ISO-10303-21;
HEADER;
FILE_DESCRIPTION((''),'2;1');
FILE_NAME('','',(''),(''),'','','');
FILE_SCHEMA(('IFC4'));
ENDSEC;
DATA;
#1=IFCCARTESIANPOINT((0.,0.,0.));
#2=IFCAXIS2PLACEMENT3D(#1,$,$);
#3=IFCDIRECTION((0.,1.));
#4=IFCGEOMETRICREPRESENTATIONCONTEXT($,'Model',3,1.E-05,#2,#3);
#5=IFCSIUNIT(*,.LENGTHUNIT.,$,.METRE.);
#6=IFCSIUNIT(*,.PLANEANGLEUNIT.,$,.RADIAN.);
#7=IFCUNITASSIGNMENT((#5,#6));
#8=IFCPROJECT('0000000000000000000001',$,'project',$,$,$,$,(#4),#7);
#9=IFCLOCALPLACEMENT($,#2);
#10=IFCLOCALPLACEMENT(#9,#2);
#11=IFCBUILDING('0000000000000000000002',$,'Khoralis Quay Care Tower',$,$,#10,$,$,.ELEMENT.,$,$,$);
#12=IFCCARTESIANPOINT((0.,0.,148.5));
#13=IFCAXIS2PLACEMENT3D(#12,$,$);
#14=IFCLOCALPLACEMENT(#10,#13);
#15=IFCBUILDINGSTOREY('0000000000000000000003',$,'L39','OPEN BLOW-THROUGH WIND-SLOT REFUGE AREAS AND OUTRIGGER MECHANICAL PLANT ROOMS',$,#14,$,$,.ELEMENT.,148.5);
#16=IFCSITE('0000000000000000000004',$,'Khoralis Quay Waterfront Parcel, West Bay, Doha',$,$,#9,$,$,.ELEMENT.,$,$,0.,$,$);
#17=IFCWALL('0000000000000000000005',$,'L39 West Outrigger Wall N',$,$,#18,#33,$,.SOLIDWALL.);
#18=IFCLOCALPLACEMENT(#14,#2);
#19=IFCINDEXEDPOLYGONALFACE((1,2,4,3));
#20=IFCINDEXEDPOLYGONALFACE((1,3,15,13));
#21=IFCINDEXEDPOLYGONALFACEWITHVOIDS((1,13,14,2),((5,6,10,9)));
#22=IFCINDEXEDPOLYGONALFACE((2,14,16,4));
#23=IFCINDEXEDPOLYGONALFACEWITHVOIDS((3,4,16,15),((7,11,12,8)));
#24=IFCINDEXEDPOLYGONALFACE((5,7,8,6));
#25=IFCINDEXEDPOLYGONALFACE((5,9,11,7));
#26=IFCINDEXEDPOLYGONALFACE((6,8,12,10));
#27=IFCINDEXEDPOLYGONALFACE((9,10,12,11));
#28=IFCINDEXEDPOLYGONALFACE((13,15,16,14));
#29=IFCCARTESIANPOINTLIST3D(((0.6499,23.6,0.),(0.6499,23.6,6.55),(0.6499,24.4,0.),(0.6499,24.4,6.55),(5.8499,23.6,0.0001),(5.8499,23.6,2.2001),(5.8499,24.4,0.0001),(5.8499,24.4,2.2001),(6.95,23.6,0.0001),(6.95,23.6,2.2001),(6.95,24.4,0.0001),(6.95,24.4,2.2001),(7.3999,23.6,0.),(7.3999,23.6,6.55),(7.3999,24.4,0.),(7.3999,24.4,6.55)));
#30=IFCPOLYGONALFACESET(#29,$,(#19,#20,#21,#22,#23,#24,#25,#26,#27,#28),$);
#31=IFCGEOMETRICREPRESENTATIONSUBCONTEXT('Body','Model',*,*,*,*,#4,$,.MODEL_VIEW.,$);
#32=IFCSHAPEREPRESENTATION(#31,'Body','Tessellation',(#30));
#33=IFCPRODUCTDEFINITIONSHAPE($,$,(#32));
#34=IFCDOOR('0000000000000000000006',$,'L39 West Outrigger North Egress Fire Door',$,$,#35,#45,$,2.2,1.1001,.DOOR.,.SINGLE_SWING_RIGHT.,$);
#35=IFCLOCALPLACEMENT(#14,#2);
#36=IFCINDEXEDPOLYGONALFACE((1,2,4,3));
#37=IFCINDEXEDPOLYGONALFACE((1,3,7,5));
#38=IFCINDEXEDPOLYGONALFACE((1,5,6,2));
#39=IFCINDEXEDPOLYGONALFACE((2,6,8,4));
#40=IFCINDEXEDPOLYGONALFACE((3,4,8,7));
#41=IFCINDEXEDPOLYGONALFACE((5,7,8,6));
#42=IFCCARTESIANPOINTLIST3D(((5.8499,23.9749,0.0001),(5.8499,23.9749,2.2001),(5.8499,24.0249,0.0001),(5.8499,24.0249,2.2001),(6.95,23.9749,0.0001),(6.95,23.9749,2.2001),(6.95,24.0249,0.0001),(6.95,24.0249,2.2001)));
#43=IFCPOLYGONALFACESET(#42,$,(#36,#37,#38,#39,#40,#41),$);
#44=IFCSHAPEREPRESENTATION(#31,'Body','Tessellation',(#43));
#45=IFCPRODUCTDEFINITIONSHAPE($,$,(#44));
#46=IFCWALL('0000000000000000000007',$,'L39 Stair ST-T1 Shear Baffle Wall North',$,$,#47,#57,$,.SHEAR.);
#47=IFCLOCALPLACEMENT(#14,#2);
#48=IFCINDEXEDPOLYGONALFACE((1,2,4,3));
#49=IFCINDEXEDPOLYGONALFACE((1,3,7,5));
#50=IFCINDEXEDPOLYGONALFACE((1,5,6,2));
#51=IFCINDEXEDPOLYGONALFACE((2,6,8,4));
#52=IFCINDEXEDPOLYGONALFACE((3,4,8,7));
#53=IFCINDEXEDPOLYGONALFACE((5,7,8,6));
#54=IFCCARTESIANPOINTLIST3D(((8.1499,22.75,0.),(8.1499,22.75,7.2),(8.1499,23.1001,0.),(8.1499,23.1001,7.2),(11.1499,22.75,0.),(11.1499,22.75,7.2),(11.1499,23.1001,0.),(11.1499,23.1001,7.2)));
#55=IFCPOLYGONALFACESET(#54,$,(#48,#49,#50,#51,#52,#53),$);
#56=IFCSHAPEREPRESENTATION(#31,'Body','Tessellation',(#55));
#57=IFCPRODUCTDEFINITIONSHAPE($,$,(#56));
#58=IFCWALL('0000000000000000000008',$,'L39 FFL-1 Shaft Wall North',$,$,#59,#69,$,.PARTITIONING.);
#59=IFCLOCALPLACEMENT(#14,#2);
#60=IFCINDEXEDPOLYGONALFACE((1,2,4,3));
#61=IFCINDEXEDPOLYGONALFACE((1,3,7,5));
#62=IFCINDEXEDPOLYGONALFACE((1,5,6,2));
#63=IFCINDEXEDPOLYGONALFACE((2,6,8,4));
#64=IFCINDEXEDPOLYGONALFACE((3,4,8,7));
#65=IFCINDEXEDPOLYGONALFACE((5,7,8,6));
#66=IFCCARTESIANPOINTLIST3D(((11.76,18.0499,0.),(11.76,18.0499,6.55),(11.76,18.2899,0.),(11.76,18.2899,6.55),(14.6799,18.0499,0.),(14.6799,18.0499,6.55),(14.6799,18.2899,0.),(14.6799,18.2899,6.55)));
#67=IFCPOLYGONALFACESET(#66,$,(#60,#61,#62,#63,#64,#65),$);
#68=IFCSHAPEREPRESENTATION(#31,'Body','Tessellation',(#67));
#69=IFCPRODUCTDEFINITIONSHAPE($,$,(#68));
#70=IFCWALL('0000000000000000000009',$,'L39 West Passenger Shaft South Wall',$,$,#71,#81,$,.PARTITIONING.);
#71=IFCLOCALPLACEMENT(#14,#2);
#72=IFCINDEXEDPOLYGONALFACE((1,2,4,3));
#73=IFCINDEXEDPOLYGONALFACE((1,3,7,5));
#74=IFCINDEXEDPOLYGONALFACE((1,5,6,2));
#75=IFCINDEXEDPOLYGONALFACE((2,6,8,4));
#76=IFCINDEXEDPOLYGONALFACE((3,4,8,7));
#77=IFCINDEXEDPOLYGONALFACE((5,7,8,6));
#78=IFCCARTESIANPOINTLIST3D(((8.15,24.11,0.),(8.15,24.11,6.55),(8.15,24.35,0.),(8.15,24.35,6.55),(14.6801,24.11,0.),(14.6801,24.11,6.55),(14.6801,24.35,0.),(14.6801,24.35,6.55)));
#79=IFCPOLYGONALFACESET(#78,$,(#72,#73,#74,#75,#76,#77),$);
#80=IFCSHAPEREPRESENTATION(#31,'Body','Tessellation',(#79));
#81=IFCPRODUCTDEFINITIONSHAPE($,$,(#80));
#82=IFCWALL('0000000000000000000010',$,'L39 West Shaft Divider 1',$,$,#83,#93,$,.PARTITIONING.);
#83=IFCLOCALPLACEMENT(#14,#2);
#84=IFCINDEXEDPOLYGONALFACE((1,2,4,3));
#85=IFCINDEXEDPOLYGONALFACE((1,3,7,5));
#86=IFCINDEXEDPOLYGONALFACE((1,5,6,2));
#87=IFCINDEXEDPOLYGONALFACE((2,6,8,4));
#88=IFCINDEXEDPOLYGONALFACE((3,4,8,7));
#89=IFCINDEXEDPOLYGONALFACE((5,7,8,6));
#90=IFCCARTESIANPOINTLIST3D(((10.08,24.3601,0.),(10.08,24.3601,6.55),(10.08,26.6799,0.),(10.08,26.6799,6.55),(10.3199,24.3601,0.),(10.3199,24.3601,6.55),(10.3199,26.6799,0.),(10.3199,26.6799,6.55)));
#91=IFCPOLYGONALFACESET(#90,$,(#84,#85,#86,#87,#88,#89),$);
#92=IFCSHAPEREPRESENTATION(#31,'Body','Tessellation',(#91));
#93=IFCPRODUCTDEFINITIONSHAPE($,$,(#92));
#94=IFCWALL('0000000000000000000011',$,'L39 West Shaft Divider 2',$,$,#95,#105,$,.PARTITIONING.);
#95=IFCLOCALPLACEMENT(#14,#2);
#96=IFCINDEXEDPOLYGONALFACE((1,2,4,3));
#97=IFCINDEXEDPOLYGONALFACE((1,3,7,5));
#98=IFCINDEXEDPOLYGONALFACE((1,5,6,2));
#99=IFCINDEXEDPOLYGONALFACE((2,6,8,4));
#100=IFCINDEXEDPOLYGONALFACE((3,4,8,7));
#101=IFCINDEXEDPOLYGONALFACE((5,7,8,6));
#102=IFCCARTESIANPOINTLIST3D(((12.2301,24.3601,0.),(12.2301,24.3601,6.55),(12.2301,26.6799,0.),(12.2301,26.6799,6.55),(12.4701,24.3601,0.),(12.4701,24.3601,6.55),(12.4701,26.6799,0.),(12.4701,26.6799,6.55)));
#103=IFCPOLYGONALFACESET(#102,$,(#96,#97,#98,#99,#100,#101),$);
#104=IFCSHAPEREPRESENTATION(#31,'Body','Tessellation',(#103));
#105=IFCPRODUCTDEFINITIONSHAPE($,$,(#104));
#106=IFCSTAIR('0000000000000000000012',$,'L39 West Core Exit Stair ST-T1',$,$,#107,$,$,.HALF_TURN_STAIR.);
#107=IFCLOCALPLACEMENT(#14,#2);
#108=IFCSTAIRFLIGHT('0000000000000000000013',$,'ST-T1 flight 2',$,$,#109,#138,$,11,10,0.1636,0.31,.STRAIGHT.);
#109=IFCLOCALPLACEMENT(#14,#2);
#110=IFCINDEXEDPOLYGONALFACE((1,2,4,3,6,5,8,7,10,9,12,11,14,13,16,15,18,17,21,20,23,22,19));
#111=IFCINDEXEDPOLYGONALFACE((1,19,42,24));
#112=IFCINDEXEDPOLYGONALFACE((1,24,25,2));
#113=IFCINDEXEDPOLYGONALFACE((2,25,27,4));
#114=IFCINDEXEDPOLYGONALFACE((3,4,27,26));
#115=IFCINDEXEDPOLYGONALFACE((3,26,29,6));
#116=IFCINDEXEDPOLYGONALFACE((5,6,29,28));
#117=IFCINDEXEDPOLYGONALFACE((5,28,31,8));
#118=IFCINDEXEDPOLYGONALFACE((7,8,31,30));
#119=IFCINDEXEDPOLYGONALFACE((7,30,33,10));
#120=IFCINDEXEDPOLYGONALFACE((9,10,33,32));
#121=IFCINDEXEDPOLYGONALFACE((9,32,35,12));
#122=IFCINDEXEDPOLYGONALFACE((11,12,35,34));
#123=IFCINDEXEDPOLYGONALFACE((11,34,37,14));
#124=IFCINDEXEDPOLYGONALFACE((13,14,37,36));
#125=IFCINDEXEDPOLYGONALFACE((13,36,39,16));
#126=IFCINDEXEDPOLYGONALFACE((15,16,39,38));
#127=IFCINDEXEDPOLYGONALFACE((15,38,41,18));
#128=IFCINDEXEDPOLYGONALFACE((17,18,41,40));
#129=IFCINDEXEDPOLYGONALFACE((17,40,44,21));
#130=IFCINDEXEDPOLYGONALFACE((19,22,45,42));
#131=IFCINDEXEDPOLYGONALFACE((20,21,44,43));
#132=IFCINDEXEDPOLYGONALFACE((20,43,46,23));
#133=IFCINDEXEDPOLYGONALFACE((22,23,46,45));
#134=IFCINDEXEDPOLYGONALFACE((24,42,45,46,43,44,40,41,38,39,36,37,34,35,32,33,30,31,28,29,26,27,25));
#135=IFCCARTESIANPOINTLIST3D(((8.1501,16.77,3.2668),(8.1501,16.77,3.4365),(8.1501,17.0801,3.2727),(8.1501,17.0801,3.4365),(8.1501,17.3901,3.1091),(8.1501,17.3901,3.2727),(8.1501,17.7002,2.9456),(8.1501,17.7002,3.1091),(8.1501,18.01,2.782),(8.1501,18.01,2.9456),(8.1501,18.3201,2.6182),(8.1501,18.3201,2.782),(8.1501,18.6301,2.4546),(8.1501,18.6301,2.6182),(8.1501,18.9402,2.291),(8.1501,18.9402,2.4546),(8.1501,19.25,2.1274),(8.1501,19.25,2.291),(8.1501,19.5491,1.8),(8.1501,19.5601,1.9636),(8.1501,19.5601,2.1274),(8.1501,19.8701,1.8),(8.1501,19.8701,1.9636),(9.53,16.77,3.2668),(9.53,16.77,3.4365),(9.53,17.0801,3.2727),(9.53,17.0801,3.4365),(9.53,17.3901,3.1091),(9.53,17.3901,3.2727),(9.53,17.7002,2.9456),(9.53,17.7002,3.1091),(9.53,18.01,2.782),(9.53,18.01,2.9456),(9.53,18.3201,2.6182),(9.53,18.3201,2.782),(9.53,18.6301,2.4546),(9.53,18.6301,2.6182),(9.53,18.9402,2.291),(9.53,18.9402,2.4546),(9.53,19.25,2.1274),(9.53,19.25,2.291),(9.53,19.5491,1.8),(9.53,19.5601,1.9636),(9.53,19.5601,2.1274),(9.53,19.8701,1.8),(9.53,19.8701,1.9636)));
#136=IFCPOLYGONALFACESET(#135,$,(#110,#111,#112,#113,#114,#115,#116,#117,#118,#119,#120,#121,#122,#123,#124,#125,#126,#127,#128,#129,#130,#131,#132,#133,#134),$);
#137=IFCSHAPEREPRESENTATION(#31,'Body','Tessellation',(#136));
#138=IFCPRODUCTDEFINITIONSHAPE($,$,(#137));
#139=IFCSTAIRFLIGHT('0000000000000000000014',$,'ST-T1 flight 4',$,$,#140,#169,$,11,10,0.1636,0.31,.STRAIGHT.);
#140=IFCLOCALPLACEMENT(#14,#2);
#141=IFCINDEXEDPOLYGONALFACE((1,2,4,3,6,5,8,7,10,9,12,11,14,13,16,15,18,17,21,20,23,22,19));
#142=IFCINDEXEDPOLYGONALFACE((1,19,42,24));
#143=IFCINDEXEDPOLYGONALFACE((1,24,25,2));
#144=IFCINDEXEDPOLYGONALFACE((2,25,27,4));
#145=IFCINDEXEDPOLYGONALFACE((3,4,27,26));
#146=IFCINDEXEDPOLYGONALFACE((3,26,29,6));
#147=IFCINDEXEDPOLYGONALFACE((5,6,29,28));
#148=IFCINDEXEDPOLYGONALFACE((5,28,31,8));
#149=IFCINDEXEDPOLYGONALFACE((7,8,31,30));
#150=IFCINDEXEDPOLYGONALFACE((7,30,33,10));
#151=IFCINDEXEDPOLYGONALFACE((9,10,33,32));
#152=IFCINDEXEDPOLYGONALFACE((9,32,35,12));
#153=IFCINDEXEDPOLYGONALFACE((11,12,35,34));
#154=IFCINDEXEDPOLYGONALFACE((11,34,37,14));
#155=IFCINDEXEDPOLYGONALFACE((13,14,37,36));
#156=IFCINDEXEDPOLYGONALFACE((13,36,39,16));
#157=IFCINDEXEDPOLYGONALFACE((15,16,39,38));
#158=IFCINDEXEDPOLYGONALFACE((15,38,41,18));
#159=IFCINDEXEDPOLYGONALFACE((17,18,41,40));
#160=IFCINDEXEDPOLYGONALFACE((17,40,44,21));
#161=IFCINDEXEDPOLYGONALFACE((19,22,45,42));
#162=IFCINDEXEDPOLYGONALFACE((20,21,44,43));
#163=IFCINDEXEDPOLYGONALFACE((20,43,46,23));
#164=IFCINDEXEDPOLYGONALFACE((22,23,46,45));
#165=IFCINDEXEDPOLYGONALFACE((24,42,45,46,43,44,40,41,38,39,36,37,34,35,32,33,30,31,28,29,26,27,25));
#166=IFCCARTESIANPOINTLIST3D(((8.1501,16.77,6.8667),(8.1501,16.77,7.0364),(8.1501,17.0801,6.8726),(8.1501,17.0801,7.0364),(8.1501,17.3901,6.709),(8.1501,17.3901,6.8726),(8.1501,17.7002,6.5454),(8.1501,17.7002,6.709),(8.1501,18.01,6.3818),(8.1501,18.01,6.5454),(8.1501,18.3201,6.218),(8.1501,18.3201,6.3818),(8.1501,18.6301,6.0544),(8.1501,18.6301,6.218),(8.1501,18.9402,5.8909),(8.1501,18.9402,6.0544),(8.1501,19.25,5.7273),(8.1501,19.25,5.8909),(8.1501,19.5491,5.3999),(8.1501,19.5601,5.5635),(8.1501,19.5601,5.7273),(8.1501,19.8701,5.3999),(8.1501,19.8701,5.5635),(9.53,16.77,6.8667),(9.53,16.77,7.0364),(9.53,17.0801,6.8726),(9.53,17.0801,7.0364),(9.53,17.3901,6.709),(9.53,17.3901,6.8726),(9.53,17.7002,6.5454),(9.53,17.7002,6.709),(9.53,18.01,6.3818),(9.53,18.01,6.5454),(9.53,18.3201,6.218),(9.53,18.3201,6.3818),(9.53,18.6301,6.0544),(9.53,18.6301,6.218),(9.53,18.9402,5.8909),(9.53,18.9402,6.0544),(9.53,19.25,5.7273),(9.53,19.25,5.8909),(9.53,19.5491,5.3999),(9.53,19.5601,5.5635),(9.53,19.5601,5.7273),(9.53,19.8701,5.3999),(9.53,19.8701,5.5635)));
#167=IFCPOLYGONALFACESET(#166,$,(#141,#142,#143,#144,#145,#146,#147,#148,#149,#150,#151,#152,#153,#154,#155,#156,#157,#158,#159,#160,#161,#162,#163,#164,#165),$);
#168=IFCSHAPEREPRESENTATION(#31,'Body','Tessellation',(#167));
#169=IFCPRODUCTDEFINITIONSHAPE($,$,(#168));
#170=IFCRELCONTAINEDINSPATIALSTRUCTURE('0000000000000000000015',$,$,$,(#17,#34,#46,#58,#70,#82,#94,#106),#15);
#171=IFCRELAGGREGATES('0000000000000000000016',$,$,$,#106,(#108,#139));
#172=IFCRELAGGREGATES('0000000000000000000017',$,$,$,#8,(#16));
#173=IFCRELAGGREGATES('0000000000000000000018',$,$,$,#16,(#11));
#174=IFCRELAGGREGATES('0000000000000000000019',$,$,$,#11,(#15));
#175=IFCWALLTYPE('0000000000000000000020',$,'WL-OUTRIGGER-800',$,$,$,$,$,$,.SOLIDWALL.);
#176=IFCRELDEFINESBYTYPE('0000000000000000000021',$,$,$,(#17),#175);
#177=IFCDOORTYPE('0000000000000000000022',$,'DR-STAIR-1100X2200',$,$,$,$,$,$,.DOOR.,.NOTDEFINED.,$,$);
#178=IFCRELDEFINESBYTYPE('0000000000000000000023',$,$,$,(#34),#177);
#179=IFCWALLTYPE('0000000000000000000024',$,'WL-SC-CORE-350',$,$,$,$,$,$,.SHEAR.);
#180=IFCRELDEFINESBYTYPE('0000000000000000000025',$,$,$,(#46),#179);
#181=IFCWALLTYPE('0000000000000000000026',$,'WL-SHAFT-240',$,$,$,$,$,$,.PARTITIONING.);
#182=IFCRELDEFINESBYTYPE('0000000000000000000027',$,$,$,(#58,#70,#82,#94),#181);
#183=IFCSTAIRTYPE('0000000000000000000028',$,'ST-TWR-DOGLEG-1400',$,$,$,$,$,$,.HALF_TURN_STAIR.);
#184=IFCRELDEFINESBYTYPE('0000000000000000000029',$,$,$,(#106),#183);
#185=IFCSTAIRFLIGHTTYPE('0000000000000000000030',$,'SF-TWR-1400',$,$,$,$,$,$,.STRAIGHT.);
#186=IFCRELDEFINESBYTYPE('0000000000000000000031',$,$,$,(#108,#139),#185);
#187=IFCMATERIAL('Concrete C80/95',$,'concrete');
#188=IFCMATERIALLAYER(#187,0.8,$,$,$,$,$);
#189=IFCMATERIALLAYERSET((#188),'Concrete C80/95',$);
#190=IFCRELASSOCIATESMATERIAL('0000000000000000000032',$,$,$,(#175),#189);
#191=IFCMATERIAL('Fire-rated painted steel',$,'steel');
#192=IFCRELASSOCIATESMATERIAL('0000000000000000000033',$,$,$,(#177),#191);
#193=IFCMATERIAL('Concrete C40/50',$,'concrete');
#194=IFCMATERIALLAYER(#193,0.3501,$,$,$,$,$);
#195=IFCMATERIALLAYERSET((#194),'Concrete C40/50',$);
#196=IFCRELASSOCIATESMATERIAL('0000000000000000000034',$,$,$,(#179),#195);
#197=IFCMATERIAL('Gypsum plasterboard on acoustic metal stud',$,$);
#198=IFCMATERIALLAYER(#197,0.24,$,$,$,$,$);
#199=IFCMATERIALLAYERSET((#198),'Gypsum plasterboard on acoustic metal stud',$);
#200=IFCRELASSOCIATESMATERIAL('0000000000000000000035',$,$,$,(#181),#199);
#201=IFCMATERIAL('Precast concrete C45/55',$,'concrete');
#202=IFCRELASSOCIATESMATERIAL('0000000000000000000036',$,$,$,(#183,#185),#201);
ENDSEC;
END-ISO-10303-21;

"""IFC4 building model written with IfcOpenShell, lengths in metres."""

from ifc_helpers import new_model, si_unit, direction, frame, frame_2d, origin, place, context, subcontext, project, spatial, polyline, rectangle, outline, extrude, source, transform, mapped, material, layer, layer_set, type_object, element, fill, aggregate, save


model = new_model("IFC4")

# Units and contexts
model_context = context("Model", 3, precision=1e-05, world=origin(), true_north=direction((0.0, 1.0)))
body_context = subcontext(model_context, "Body", "Model", "MODEL_VIEW")
ifc_project = project(units=[si_unit("LENGTHUNIT", "METRE"), si_unit("PLANEANGLEUNIT", "RADIAN")], contexts=[model_context])

# Site, building, storey
site_placement = place(None, origin())
site = spatial("IfcSite", under=ifc_project, at=site_placement, Name="Khoralis Quay Waterfront Parcel, West Bay, Doha", CompositionType="ELEMENT", RefElevation=0.0)
building_placement = place(site_placement, origin())
building = spatial("IfcBuilding", under=site, at=building_placement, Name="Khoralis Quay Care Tower", CompositionType="ELEMENT")
storey_placement = place(building_placement, frame((0.0, 0.0, 148.5)))
storey = spatial("IfcBuildingStorey", under=building, at=storey_placement, Name="L39", Description="OPEN BLOW-THROUGH WIND-SLOT REFUGE AREAS AND OUTRIGGER MECHANICAL PLANT ROOMS", CompositionType="ELEMENT", Elevation=148.5)

# Shared definitions
ifc_material_1 = material(Name="Gypsum plasterboard on acoustic metal stud")

# Wall, opening, door
ifc_material_2 = material(Name="Concrete C80/95", Category="concrete")
ifc_layer_1 = layer(ifc_material_2, 0.8)
ifc_layer_set_1 = layer_set([ifc_layer_1], Name="Concrete C80/95")
wall_type_1 = type_object("IfcWallType", Name="WL-OUTRIGGER-800", PredefinedType="SOLIDWALL", material=ifc_layer_set_1)
wall_1_placement = place(storey_placement, frame((0.6499, 24.0, 0.0), z_axis=(0.0, 0.0, 1.0), x_axis=(1.0, 0.0, 0.0)))
wall_1 = element("IfcWall", 1, at=wall_1_placement, inside=storey, type_object=wall_type_1, Name="L39 West Outrigger Wall N", PredefinedType="SOLIDWALL", context=body_context, shape_type="SweptSolid", body=[
    extrude(rectangle(XDim=6.75, YDim=0.8, at=frame_2d((3.375, 0.0))), origin(), (0.0, 0.0, 1.0), 6.55),
])
opening_placement = place(wall_1_placement, frame((5.2, 0.0, 0.0)))
opening = element("IfcOpeningElement", 2, at=opening_placement, cuts=wall_1, PredefinedType="OPENING", context=body_context, shape_type="SweptSolid", body=[
    extrude(rectangle(XDim=1.1001, YDim=2.2, at=frame_2d((0.55, 1.1001))), frame((0.0, 0.4102, 0.0), z_axis=(0.0, -1.0, 0.0), x_axis=(1.0, 0.0, 0.0)), (0.0, 0.0, 1.0), 0.8201),
])
ifc_material_3 = material(Name="Fire-rated painted steel", Category="steel")
door_type = type_object("IfcDoorType", Name="DR-STAIR-1100X2200", OperationType="NOTDEFINED", PredefinedType="DOOR", material=ifc_material_3)
shared_shape_1 = source(origin(), body_context, "Body", "SweptSolid", [
    extrude(rectangle(XDim=1.1001, YDim=2.2, at=frame_2d((0.55, 1.1001))), frame((0.0, 0.0249, 0.0), z_axis=(0.0, -1.0, 0.0), x_axis=(1.0, 0.0, 0.0)), (0.0, 0.0, 1.0), 0.05),
])
door_placement = place(opening_placement, origin())
door = element("IfcDoor", 3, at=door_placement, inside=storey, type_object=door_type, Name="L39 West Outrigger North Egress Fire Door", OperationType="SINGLE_SWING_RIGHT", OverallHeight=2.2, OverallWidth=1.1001, PredefinedType="DOOR", context=body_context, shape_type="MappedRepresentation", body=[
    mapped(shared_shape_1, transform((0.0, 0.0, 0.0), scale=1.0)),
])
fill(opening, door)

# Walls
ifc_material_4 = material(Name="Concrete C40/50", Category="concrete")
ifc_layer_2 = layer(ifc_material_4, 0.3501)
ifc_layer_set_2 = layer_set([ifc_layer_2], Name="Concrete C40/50")
wall_type_2 = type_object("IfcWallType", Name="WL-SC-CORE-350", PredefinedType="SHEAR", material=ifc_layer_set_2)
wall_2_placement = place(storey_placement, frame((8.1499, 22.925, 0.0), z_axis=(0.0, 0.0, 1.0), x_axis=(1.0, 0.0, 0.0)))
element("IfcWall", 4, at=wall_2_placement, inside=storey, type_object=wall_type_2, Name="L39 Stair ST-T1 Shear Baffle Wall North", PredefinedType="SHEAR", context=body_context, shape_type="SweptSolid", body=[
    extrude(rectangle(XDim=3.0, YDim=0.3501, at=frame_2d((1.5, 0.0))), origin(), (0.0, 0.0, 1.0), 7.2),
])
ifc_layer_3 = layer(ifc_material_1, 0.24)
ifc_layer_set_3 = layer_set([ifc_layer_3], Name="Gypsum plasterboard on acoustic metal stud")
wall_type_3 = type_object("IfcWallType", Name="WL-SHAFT-240", PredefinedType="PARTITIONING", material=ifc_layer_set_3)
wall_3_placement = place(storey_placement, frame((11.76, 18.1699, 0.0), z_axis=(0.0, 0.0, 1.0), x_axis=(1.0, 0.0, 0.0)))
element("IfcWall", 5, at=wall_3_placement, inside=storey, type_object=wall_type_3, Name="L39 FFL-1 Shaft Wall North", PredefinedType="PARTITIONING", context=body_context, shape_type="SweptSolid", body=[
    extrude(rectangle(XDim=2.9199, YDim=0.24, at=frame_2d((1.46, 0.0))), origin(), (0.0, 0.0, 1.0), 6.55),
])
wall_4_placement = place(storey_placement, frame((8.1499, 24.23, 0.0), z_axis=(0.0, 0.0, 1.0), x_axis=(1.0, 0.0, 0.0)))
element("IfcWall", 6, at=wall_4_placement, inside=storey, type_object=wall_type_3, Name="L39 West Passenger Shaft South Wall", PredefinedType="PARTITIONING", context=body_context, shape_type="SweptSolid", body=[
    extrude(rectangle(XDim=6.53, YDim=0.24, at=frame_2d((3.2651, 0.0))), origin(), (0.0, 0.0, 1.0), 6.55),
])
for number, where, z_axis, x_axis, name in (
    (7, (10.2, 24.3601, 0.0), (0.0, 0.0, 1.0), (0.0, 1.0, 0.0), "L39 West Shaft Divider 1"),
    (8, (12.3501, 24.3601, 0.0), (0.0, 0.0, 1.0), (0.0, 1.0, 0.0), "L39 West Shaft Divider 2"),
):
    element("IfcWall", number, at=place(storey_placement, frame(where, z_axis=z_axis, x_axis=x_axis)), inside=storey, type_object=wall_type_3, Name=name, PredefinedType="PARTITIONING", context=body_context, shape_type="SweptSolid", body=[
        extrude(rectangle(XDim=2.3198, YDim=0.24, at=frame_2d((1.1599, 0.0))), origin(), (0.0, 0.0, 1.0), 6.55),
    ])

# Stair, stair flights
ifc_material_5 = material(Name="Precast concrete C45/55", Category="concrete")
stair_type = type_object("IfcStairType", Name="ST-TWR-DOGLEG-1400", PredefinedType="HALF_TURN_STAIR", material=ifc_material_5)
stair_placement = place(storey_placement, origin())
stair = element("IfcStair", 9, at=stair_placement, inside=storey, type_object=stair_type, Name="L39 West Core Exit Stair ST-T1", PredefinedType="HALF_TURN_STAIR")
stair_flight_type = type_object("IfcStairFlightType", Name="SF-TWR-1400", PredefinedType="STRAIGHT", material=ifc_material_5)
shared_shape_2 = source(origin(), body_context, "Body", "SweptSolid", [
    extrude(outline(polyline([(0.0, 0.0), (0.0, 0.1636), (0.3101, 0.1636), (0.3101, 0.3274), (0.6201, 0.3274), (0.6201, 0.491), (0.9299, 0.491), (0.9299, 0.6545), (1.24, 0.6545), (1.24, 0.8181), (1.55, 0.8181), (1.55, 0.9819), (1.8601, 0.9819), (1.8601, 1.1455), (2.1699, 1.1455), (2.1699, 1.3091), (2.48, 1.3091), (2.48, 1.4727), (2.79, 1.4727), (2.79, 1.6365), (3.1001, 1.6365), (3.1001, 1.8), (3.1001, 1.4668), (0.321, 0.0), (0.0, 0.0)])), frame((0.0, 0.6899, 0.0), z_axis=(0.0, -1.0, 0.0), x_axis=(1.0, 0.0, 0.0)), (0.0, 0.0, 1.0), 1.3799),
])
stair_flight_1_placement = place(storey_placement, frame((8.8401, 19.8701, 1.8), z_axis=(0.0, 0.0, 1.0), x_axis=(0.0, -1.0, 0.0)))
stair_flight_1 = element("IfcStairFlight", 10, at=stair_flight_1_placement, type_object=stair_flight_type, Name="ST-T1 flight 2", NumberOfRisers=11, NumberOfTreads=10, PredefinedType="STRAIGHT", RiserHeight=0.1636, TreadLength=0.31, context=body_context, shape_type="MappedRepresentation", body=[
    mapped(shared_shape_2, transform((0.0, 0.0, 0.0), scale=1.0)),
])
stair_flight_2_placement = place(storey_placement, frame((8.8401, 19.8701, 5.3999), z_axis=(0.0, 0.0, 1.0), x_axis=(0.0, -1.0, 0.0)))
stair_flight_2 = element("IfcStairFlight", 11, at=stair_flight_2_placement, type_object=stair_flight_type, Name="ST-T1 flight 4", NumberOfRisers=11, NumberOfTreads=10, PredefinedType="STRAIGHT", RiserHeight=0.1636, TreadLength=0.31, context=body_context, shape_type="MappedRepresentation", body=[
    mapped(shared_shape_2, transform((0.0, 0.0, 0.0), scale=1.0)),
])
aggregate(stair, [stair_flight_1, stair_flight_2])

save(model, "model.ifc")
